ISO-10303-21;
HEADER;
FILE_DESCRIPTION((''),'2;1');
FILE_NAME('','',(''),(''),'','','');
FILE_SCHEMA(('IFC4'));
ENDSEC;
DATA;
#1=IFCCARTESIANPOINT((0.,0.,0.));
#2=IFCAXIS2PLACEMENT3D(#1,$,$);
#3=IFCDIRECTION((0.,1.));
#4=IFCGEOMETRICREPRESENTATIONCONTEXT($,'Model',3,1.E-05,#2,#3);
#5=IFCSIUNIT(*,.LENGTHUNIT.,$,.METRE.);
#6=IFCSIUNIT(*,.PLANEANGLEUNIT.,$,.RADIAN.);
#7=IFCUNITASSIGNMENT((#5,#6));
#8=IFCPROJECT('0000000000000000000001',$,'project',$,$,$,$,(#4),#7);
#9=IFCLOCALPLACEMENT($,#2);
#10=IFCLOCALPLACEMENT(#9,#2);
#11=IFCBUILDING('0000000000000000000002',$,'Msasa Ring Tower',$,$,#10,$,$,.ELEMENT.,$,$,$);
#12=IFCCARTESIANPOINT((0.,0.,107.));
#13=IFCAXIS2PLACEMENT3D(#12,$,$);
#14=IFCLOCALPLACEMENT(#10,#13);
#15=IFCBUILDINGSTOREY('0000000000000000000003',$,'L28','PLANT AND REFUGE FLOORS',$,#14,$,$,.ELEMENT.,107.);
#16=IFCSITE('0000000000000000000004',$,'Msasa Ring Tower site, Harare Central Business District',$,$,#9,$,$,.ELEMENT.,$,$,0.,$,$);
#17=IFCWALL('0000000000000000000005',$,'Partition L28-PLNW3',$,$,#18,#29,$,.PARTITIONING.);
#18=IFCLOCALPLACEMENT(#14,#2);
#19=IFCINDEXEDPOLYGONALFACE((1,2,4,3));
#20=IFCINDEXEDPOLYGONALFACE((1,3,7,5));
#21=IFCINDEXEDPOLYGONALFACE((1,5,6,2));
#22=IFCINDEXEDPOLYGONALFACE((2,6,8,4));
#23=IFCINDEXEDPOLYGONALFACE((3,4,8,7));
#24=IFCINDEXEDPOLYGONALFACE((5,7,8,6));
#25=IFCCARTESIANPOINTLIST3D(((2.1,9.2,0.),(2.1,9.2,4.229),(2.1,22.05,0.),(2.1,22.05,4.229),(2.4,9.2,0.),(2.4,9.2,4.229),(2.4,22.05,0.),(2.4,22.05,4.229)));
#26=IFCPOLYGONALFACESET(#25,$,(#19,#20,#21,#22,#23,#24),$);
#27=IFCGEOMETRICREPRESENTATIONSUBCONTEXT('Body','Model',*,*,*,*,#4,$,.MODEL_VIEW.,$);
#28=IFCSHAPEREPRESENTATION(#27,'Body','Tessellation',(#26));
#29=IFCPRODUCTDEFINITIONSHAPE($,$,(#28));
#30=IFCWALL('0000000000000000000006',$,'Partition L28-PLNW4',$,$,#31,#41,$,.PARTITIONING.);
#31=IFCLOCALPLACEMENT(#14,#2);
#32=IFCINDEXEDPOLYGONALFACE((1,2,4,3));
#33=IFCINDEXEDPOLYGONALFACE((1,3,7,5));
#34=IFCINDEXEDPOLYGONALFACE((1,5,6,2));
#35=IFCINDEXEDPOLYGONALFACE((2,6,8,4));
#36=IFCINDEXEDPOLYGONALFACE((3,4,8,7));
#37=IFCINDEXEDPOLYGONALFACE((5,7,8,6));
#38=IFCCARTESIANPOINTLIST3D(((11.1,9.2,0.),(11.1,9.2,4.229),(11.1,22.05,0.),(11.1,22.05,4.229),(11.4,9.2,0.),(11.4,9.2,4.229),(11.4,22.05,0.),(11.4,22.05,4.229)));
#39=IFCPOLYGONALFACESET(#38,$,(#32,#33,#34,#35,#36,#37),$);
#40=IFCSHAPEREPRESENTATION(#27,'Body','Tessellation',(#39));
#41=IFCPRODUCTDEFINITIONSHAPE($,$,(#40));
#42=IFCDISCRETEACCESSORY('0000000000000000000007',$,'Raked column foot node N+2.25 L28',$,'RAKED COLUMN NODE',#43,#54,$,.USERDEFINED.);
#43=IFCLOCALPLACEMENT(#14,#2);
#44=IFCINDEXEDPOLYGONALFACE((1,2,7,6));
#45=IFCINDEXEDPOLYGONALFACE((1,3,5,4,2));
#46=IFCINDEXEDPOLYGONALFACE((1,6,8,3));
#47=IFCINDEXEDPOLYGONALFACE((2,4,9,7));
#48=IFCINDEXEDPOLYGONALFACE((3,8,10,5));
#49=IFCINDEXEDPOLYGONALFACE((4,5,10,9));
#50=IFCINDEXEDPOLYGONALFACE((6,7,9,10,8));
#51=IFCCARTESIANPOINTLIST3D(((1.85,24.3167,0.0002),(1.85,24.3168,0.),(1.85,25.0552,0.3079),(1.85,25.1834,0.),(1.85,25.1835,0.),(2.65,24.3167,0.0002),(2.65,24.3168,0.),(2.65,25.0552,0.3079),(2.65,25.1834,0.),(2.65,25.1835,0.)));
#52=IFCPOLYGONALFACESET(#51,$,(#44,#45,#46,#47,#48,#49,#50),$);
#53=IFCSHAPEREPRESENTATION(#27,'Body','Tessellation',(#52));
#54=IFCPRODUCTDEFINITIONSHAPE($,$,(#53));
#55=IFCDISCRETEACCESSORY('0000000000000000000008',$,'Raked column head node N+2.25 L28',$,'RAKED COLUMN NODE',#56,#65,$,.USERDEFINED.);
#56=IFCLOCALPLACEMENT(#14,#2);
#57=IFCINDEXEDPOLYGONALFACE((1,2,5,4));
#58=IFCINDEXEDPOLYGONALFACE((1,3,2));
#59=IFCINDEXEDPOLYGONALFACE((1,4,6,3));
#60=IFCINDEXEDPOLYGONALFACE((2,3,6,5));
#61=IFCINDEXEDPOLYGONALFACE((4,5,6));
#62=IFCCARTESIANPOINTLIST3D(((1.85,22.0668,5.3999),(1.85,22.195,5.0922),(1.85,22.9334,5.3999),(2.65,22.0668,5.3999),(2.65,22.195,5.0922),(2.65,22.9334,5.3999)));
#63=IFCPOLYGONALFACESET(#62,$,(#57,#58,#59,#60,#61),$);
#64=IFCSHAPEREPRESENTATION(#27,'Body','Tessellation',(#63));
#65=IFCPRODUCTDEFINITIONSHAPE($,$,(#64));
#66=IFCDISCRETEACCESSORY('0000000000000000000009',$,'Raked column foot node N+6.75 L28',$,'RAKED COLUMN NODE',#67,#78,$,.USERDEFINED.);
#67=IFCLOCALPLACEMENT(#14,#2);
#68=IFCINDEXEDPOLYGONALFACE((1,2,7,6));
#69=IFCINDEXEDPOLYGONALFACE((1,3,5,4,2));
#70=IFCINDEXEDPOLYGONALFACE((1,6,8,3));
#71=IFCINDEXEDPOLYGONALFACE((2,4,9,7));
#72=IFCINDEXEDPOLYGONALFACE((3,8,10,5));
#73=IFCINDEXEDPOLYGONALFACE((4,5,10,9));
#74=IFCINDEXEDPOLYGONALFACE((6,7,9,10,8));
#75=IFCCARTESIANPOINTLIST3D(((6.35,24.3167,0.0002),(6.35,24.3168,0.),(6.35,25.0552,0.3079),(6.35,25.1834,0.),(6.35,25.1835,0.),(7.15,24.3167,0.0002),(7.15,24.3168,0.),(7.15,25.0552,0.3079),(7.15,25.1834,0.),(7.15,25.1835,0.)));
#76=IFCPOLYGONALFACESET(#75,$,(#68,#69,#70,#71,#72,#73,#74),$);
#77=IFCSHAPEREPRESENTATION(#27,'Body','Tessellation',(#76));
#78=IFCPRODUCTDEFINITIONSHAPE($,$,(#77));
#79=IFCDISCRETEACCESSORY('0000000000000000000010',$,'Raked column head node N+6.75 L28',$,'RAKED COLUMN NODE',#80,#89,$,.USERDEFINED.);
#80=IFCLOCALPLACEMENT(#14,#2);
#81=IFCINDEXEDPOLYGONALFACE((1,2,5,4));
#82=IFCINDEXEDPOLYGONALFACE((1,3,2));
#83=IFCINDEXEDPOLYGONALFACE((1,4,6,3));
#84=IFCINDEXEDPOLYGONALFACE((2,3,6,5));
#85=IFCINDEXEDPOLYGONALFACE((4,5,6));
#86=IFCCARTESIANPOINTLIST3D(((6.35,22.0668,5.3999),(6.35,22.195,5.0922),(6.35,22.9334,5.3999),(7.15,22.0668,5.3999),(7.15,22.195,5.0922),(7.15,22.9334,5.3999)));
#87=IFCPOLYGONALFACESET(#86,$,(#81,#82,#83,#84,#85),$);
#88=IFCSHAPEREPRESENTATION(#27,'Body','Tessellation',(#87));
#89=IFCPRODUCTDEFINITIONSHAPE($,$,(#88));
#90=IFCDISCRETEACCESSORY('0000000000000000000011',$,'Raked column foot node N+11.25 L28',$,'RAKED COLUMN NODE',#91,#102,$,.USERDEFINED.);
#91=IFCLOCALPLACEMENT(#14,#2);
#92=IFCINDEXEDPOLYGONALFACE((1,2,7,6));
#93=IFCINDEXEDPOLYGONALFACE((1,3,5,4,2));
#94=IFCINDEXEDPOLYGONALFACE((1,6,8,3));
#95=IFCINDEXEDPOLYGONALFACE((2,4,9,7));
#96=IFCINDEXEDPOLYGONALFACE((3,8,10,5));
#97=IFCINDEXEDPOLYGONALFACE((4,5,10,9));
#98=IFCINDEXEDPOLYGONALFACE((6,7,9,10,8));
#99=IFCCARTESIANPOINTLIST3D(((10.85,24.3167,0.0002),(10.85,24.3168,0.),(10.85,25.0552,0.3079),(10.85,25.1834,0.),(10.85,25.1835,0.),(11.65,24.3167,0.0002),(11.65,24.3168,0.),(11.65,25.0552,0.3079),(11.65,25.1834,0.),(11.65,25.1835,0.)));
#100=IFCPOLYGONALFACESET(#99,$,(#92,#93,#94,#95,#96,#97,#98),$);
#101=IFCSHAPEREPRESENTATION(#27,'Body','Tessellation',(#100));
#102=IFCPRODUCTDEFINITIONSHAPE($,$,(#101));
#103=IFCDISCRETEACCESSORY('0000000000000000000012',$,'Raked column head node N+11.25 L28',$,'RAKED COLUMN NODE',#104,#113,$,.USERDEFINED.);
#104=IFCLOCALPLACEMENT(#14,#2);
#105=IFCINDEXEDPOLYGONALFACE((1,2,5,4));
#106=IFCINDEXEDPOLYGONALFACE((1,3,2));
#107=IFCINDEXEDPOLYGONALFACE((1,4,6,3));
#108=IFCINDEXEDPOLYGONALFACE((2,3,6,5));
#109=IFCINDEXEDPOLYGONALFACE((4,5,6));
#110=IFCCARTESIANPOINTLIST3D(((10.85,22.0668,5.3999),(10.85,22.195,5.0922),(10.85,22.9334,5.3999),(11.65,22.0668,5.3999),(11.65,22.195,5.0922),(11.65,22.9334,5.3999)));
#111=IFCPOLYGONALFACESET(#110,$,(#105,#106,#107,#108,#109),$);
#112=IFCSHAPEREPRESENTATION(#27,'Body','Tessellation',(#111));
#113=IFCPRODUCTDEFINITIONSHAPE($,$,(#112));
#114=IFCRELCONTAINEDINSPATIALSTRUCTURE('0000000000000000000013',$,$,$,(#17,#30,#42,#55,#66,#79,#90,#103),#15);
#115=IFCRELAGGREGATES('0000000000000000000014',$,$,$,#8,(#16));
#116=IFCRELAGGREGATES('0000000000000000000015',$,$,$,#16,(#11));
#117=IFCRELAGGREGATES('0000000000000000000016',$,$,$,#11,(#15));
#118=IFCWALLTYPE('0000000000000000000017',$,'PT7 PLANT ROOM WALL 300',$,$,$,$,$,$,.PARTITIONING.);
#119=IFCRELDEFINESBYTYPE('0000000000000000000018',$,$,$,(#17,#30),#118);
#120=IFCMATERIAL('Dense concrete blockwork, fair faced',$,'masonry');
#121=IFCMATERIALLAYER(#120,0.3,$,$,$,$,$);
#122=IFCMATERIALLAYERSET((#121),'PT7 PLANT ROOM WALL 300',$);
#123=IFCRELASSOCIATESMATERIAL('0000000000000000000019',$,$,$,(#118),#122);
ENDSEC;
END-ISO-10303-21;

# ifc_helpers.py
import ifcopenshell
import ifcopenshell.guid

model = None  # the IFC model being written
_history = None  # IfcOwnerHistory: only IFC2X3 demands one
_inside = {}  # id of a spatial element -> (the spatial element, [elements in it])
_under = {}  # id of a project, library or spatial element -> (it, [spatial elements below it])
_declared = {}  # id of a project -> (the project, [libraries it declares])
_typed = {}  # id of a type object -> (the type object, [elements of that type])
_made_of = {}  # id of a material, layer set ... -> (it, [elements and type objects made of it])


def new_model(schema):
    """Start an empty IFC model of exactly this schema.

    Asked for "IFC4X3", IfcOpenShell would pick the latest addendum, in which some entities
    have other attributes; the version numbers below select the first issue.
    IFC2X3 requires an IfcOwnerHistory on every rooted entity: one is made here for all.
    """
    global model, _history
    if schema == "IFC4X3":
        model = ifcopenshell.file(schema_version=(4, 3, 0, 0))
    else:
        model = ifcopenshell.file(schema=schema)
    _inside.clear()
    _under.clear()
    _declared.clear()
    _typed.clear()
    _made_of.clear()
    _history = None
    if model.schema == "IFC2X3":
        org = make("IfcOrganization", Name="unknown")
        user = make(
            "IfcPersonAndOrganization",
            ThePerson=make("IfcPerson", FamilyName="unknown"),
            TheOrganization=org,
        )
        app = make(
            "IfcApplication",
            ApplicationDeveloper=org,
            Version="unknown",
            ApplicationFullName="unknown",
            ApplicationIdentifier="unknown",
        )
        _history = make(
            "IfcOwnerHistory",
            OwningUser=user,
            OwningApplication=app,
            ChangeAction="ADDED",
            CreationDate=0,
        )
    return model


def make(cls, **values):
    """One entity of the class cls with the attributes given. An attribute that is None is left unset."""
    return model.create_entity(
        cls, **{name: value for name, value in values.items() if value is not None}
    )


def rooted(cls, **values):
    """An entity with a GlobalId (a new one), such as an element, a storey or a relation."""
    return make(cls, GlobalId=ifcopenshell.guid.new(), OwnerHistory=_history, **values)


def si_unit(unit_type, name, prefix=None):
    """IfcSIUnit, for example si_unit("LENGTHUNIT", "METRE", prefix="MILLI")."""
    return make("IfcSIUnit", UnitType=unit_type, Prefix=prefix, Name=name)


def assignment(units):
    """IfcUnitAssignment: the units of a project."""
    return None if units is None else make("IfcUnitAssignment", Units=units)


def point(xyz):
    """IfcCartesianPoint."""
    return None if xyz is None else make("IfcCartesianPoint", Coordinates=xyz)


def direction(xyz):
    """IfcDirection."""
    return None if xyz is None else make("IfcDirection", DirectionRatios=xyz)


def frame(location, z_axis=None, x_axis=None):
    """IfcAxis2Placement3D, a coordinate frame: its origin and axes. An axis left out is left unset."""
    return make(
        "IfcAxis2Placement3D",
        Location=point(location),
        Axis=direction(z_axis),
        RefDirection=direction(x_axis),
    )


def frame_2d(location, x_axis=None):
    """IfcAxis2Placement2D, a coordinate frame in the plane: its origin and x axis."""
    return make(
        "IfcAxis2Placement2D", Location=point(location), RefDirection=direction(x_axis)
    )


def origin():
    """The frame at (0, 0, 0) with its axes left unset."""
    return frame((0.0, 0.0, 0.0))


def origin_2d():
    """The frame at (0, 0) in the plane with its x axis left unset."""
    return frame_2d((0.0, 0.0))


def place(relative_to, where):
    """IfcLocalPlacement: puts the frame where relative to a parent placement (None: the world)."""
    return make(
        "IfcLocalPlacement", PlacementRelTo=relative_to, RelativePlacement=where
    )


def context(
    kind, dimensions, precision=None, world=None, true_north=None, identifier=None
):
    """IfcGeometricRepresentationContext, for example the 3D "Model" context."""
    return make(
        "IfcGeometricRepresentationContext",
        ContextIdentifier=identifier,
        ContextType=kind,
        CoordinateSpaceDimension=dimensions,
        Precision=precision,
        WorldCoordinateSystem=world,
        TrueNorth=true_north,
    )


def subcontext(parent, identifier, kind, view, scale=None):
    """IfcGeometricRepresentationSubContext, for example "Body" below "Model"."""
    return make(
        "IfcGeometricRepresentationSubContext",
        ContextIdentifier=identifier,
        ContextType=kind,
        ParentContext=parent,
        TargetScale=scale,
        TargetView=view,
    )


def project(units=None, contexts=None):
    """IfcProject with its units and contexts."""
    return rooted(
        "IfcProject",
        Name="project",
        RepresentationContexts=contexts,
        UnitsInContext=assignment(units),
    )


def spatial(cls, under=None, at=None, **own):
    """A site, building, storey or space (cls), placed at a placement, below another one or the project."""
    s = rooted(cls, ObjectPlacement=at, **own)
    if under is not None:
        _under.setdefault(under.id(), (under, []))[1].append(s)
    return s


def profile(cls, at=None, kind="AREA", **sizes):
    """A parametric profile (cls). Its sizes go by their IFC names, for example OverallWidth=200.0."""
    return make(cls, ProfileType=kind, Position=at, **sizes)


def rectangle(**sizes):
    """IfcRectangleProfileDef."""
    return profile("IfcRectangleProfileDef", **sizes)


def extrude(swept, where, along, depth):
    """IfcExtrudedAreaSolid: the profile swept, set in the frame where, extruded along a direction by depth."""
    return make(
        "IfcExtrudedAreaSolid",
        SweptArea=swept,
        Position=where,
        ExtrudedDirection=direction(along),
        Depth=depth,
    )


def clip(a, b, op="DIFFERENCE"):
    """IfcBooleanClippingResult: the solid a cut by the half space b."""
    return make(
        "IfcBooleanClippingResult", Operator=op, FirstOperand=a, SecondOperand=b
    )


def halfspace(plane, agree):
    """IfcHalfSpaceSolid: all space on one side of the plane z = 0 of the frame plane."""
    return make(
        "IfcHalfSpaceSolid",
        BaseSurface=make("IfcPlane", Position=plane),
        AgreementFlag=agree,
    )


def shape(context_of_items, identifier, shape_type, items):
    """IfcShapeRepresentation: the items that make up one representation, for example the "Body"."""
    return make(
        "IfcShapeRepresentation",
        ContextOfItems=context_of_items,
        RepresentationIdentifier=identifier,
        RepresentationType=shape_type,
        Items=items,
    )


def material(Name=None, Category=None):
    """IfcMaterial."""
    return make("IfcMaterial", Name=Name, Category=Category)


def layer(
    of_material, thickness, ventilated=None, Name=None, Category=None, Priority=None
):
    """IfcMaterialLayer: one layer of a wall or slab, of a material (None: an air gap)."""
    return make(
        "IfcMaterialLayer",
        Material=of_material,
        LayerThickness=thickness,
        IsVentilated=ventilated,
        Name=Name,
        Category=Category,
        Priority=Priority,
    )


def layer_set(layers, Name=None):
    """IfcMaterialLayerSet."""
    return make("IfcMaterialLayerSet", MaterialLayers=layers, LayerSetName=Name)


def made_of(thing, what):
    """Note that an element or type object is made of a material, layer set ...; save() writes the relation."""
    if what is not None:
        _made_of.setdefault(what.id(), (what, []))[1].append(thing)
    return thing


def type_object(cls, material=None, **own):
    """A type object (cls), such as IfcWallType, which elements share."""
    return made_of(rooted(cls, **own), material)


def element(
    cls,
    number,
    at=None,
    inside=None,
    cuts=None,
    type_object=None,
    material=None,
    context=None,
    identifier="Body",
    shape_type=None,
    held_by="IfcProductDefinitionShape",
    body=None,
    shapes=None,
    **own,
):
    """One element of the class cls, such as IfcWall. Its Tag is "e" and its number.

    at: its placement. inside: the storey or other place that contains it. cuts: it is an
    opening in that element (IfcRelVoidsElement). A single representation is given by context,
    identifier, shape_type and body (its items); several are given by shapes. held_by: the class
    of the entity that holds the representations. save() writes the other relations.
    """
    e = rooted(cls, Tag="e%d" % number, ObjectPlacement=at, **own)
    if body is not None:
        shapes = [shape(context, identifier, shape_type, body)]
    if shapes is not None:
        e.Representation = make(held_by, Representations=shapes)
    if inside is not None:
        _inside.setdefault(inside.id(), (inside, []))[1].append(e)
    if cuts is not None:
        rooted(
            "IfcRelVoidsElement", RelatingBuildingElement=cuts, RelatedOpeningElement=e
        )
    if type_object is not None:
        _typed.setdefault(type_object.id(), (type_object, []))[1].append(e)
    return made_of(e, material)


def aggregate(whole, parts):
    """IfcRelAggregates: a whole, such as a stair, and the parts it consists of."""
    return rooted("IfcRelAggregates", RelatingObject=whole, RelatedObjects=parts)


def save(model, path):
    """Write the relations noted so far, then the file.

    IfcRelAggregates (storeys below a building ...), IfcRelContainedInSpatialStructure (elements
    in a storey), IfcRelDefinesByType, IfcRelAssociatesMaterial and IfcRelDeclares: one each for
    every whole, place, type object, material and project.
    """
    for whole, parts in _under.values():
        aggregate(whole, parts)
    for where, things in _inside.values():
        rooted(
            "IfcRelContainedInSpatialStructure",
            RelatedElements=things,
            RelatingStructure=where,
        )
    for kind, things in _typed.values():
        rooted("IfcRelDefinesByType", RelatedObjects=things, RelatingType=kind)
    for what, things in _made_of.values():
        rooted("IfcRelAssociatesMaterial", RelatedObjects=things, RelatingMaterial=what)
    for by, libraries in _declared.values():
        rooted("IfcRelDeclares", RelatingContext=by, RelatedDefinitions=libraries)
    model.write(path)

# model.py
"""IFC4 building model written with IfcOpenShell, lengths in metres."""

from ifc_helpers import new_model, si_unit, direction, frame, frame_2d, origin, origin_2d, place, context, subcontext, project, spatial, rectangle, extrude, clip, halfspace, material, layer, layer_set, type_object, element, save


model = new_model("IFC4")

# Units and contexts
model_context = context("Model", 3, precision=1e-05, world=origin(), true_north=direction((0.0, 1.0)))
body_context = subcontext(model_context, "Body", "Model", "MODEL_VIEW")
ifc_project = project(units=[si_unit("LENGTHUNIT", "METRE"), si_unit("PLANEANGLEUNIT", "RADIAN")], contexts=[model_context])

# Site, building, storey
site_placement = place(None, origin())
site = spatial("IfcSite", under=ifc_project, at=site_placement, Name="Msasa Ring Tower site, Harare Central Business District", CompositionType="ELEMENT", RefElevation=0.0)
building_placement = place(site_placement, origin())
building = spatial("IfcBuilding", under=site, at=building_placement, Name="Msasa Ring Tower", CompositionType="ELEMENT")
storey_placement = place(building_placement, frame((0.0, 0.0, 107.0)))
storey = spatial("IfcBuildingStorey", under=building, at=storey_placement, Name="L28", Description="PLANT AND REFUGE FLOORS", CompositionType="ELEMENT", Elevation=107.0)

# Wall
ifc_material_1 = material(Name="Dense concrete blockwork, fair faced", Category="masonry")
ifc_layer = layer(ifc_material_1, 0.3)
ifc_layer_set = layer_set([ifc_layer], Name="PT7 PLANT ROOM WALL 300")
wall_type = type_object("IfcWallType", Name="PT7 PLANT ROOM WALL 300", PredefinedType="PARTITIONING", material=ifc_layer_set)
wall_1_placement = place(storey_placement, frame((2.25, 9.2, 0.0), z_axis=(0.0, 0.0, 1.0), x_axis=(0.0, 1.0, 0.0)))
element("IfcWall", 1, at=wall_1_placement, inside=storey, type_object=wall_type, Name="Partition L28-PLNW3", PredefinedType="PARTITIONING", context=body_context, shape_type="SweptSolid", body=[
    extrude(rectangle(XDim=12.8501, YDim=0.3, at=frame_2d((6.425, 0.0))), origin(), (0.0, 0.0, 1.0), 4.229),
])

# Wall
wall_2_placement = place(storey_placement, frame((11.25, 9.2, 0.0), z_axis=(0.0, 0.0, 1.0), x_axis=(0.0, 1.0, 0.0)))
element("IfcWall", 2, at=wall_2_placement, inside=storey, type_object=wall_type, Name="Partition L28-PLNW4", PredefinedType="PARTITIONING", context=body_context, shape_type="SweptSolid", body=[
    extrude(rectangle(XDim=12.8501, YDim=0.3, at=frame_2d((6.425, 0.0))), origin(), (0.0, 0.0, 1.0), 4.229),
])

# Discrete accessories
discrete_accessory_1_placement = place(storey_placement, frame((2.25, 24.75, 0.0)))
element("IfcDiscreteAccessory", 3, at=discrete_accessory_1_placement, inside=storey, Name="Raked column foot node N+2.25 L28", ObjectType="RAKED COLUMN NODE", PredefinedType="USERDEFINED", context=body_context, shape_type="Clipping", body=[
    clip(extrude(rectangle(XDim=0.8, YDim=0.8, at=origin_2d()), frame((0.0, 0.0642, -0.1538), z_axis=(0.0, -0.384615, 0.923077), x_axis=(0.0, 0.923077, 0.384615)), (0.0, 0.0, 1.0), 0.3335), halfspace(frame((0.0, 0.0, 0.0), z_axis=(0.0, 0.0, 1.0)), True)),
])
discrete_accessory_2_placement = place(storey_placement, frame((2.25, 22.5, 5.3999)))
element("IfcDiscreteAccessory", 4, at=discrete_accessory_2_placement, inside=storey, Name="Raked column head node N+2.25 L28", ObjectType="RAKED COLUMN NODE", PredefinedType="USERDEFINED", context=body_context, shape_type="Clipping", body=[
    clip(extrude(rectangle(XDim=0.8, YDim=0.8, at=origin_2d()), frame((0.0, 0.0642, -0.1538), z_axis=(0.0, -0.384615, 0.923077), x_axis=(0.0, 0.923077, 0.384615)), (0.0, 0.0, 1.0), 0.3335), halfspace(frame((0.0, 0.0, 0.0), z_axis=(0.0, 0.0, -1.0)), True)),
])
discrete_accessory_3_placement = place(storey_placement, frame((6.75, 24.75, 0.0)))
element("IfcDiscreteAccessory", 5, at=discrete_accessory_3_placement, inside=storey, Name="Raked column foot node N+6.75 L28", ObjectType="RAKED COLUMN NODE", PredefinedType="USERDEFINED", context=body_context, shape_type="Clipping", body=[
    clip(extrude(rectangle(XDim=0.8, YDim=0.8, at=origin_2d()), frame((0.0, 0.0642, -0.1538), z_axis=(0.0, -0.384615, 0.923077), x_axis=(0.0, 0.923077, 0.384615)), (0.0, 0.0, 1.0), 0.3335), halfspace(frame((0.0, 0.0, 0.0), z_axis=(0.0, 0.0, 1.0)), True)),
])
discrete_accessory_4_placement = place(storey_placement, frame((6.75, 22.5, 5.3999)))
element("IfcDiscreteAccessory", 6, at=discrete_accessory_4_placement, inside=storey, Name="Raked column head node N+6.75 L28", ObjectType="RAKED COLUMN NODE", PredefinedType="USERDEFINED", context=body_context, shape_type="Clipping", body=[
    clip(extrude(rectangle(XDim=0.8, YDim=0.8, at=origin_2d()), frame((0.0, 0.0642, -0.1538), z_axis=(0.0, -0.384615, 0.923077), x_axis=(0.0, 0.923077, 0.384615)), (0.0, 0.0, 1.0), 0.3335), halfspace(frame((0.0, 0.0, 0.0), z_axis=(0.0, 0.0, -1.0)), True)),
])
discrete_accessory_5_placement = place(storey_placement, frame((11.25, 24.75, 0.0)))
element("IfcDiscreteAccessory", 7, at=discrete_accessory_5_placement, inside=storey, Name="Raked column foot node N+11.25 L28", ObjectType="RAKED COLUMN NODE", PredefinedType="USERDEFINED", context=body_context, shape_type="Clipping", body=[
    clip(extrude(rectangle(XDim=0.8, YDim=0.8, at=origin_2d()), frame((0.0, 0.0642, -0.1538), z_axis=(0.0, -0.384615, 0.923077), x_axis=(0.0, 0.923077, 0.384615)), (0.0, 0.0, 1.0), 0.3335), halfspace(frame((0.0, 0.0, 0.0), z_axis=(0.0, 0.0, 1.0)), True)),
])
discrete_accessory_6_placement = place(storey_placement, frame((11.25, 22.5, 5.3999)))
element("IfcDiscreteAccessory", 8, at=discrete_accessory_6_placement, inside=storey, Name="Raked column head node N+11.25 L28", ObjectType="RAKED COLUMN NODE", PredefinedType="USERDEFINED", context=body_context, shape_type="Clipping", body=[
    clip(extrude(rectangle(XDim=0.8, YDim=0.8, at=origin_2d()), frame((0.0, 0.0642, -0.1538), z_axis=(0.0, -0.384615, 0.923077), x_axis=(0.0, 0.923077, 0.384615)), (0.0, 0.0, 1.0), 0.3335), halfspace(frame((0.0, 0.0, 0.0), z_axis=(0.0, 0.0, -1.0)), True)),
])

save(model, "model.ifc")
